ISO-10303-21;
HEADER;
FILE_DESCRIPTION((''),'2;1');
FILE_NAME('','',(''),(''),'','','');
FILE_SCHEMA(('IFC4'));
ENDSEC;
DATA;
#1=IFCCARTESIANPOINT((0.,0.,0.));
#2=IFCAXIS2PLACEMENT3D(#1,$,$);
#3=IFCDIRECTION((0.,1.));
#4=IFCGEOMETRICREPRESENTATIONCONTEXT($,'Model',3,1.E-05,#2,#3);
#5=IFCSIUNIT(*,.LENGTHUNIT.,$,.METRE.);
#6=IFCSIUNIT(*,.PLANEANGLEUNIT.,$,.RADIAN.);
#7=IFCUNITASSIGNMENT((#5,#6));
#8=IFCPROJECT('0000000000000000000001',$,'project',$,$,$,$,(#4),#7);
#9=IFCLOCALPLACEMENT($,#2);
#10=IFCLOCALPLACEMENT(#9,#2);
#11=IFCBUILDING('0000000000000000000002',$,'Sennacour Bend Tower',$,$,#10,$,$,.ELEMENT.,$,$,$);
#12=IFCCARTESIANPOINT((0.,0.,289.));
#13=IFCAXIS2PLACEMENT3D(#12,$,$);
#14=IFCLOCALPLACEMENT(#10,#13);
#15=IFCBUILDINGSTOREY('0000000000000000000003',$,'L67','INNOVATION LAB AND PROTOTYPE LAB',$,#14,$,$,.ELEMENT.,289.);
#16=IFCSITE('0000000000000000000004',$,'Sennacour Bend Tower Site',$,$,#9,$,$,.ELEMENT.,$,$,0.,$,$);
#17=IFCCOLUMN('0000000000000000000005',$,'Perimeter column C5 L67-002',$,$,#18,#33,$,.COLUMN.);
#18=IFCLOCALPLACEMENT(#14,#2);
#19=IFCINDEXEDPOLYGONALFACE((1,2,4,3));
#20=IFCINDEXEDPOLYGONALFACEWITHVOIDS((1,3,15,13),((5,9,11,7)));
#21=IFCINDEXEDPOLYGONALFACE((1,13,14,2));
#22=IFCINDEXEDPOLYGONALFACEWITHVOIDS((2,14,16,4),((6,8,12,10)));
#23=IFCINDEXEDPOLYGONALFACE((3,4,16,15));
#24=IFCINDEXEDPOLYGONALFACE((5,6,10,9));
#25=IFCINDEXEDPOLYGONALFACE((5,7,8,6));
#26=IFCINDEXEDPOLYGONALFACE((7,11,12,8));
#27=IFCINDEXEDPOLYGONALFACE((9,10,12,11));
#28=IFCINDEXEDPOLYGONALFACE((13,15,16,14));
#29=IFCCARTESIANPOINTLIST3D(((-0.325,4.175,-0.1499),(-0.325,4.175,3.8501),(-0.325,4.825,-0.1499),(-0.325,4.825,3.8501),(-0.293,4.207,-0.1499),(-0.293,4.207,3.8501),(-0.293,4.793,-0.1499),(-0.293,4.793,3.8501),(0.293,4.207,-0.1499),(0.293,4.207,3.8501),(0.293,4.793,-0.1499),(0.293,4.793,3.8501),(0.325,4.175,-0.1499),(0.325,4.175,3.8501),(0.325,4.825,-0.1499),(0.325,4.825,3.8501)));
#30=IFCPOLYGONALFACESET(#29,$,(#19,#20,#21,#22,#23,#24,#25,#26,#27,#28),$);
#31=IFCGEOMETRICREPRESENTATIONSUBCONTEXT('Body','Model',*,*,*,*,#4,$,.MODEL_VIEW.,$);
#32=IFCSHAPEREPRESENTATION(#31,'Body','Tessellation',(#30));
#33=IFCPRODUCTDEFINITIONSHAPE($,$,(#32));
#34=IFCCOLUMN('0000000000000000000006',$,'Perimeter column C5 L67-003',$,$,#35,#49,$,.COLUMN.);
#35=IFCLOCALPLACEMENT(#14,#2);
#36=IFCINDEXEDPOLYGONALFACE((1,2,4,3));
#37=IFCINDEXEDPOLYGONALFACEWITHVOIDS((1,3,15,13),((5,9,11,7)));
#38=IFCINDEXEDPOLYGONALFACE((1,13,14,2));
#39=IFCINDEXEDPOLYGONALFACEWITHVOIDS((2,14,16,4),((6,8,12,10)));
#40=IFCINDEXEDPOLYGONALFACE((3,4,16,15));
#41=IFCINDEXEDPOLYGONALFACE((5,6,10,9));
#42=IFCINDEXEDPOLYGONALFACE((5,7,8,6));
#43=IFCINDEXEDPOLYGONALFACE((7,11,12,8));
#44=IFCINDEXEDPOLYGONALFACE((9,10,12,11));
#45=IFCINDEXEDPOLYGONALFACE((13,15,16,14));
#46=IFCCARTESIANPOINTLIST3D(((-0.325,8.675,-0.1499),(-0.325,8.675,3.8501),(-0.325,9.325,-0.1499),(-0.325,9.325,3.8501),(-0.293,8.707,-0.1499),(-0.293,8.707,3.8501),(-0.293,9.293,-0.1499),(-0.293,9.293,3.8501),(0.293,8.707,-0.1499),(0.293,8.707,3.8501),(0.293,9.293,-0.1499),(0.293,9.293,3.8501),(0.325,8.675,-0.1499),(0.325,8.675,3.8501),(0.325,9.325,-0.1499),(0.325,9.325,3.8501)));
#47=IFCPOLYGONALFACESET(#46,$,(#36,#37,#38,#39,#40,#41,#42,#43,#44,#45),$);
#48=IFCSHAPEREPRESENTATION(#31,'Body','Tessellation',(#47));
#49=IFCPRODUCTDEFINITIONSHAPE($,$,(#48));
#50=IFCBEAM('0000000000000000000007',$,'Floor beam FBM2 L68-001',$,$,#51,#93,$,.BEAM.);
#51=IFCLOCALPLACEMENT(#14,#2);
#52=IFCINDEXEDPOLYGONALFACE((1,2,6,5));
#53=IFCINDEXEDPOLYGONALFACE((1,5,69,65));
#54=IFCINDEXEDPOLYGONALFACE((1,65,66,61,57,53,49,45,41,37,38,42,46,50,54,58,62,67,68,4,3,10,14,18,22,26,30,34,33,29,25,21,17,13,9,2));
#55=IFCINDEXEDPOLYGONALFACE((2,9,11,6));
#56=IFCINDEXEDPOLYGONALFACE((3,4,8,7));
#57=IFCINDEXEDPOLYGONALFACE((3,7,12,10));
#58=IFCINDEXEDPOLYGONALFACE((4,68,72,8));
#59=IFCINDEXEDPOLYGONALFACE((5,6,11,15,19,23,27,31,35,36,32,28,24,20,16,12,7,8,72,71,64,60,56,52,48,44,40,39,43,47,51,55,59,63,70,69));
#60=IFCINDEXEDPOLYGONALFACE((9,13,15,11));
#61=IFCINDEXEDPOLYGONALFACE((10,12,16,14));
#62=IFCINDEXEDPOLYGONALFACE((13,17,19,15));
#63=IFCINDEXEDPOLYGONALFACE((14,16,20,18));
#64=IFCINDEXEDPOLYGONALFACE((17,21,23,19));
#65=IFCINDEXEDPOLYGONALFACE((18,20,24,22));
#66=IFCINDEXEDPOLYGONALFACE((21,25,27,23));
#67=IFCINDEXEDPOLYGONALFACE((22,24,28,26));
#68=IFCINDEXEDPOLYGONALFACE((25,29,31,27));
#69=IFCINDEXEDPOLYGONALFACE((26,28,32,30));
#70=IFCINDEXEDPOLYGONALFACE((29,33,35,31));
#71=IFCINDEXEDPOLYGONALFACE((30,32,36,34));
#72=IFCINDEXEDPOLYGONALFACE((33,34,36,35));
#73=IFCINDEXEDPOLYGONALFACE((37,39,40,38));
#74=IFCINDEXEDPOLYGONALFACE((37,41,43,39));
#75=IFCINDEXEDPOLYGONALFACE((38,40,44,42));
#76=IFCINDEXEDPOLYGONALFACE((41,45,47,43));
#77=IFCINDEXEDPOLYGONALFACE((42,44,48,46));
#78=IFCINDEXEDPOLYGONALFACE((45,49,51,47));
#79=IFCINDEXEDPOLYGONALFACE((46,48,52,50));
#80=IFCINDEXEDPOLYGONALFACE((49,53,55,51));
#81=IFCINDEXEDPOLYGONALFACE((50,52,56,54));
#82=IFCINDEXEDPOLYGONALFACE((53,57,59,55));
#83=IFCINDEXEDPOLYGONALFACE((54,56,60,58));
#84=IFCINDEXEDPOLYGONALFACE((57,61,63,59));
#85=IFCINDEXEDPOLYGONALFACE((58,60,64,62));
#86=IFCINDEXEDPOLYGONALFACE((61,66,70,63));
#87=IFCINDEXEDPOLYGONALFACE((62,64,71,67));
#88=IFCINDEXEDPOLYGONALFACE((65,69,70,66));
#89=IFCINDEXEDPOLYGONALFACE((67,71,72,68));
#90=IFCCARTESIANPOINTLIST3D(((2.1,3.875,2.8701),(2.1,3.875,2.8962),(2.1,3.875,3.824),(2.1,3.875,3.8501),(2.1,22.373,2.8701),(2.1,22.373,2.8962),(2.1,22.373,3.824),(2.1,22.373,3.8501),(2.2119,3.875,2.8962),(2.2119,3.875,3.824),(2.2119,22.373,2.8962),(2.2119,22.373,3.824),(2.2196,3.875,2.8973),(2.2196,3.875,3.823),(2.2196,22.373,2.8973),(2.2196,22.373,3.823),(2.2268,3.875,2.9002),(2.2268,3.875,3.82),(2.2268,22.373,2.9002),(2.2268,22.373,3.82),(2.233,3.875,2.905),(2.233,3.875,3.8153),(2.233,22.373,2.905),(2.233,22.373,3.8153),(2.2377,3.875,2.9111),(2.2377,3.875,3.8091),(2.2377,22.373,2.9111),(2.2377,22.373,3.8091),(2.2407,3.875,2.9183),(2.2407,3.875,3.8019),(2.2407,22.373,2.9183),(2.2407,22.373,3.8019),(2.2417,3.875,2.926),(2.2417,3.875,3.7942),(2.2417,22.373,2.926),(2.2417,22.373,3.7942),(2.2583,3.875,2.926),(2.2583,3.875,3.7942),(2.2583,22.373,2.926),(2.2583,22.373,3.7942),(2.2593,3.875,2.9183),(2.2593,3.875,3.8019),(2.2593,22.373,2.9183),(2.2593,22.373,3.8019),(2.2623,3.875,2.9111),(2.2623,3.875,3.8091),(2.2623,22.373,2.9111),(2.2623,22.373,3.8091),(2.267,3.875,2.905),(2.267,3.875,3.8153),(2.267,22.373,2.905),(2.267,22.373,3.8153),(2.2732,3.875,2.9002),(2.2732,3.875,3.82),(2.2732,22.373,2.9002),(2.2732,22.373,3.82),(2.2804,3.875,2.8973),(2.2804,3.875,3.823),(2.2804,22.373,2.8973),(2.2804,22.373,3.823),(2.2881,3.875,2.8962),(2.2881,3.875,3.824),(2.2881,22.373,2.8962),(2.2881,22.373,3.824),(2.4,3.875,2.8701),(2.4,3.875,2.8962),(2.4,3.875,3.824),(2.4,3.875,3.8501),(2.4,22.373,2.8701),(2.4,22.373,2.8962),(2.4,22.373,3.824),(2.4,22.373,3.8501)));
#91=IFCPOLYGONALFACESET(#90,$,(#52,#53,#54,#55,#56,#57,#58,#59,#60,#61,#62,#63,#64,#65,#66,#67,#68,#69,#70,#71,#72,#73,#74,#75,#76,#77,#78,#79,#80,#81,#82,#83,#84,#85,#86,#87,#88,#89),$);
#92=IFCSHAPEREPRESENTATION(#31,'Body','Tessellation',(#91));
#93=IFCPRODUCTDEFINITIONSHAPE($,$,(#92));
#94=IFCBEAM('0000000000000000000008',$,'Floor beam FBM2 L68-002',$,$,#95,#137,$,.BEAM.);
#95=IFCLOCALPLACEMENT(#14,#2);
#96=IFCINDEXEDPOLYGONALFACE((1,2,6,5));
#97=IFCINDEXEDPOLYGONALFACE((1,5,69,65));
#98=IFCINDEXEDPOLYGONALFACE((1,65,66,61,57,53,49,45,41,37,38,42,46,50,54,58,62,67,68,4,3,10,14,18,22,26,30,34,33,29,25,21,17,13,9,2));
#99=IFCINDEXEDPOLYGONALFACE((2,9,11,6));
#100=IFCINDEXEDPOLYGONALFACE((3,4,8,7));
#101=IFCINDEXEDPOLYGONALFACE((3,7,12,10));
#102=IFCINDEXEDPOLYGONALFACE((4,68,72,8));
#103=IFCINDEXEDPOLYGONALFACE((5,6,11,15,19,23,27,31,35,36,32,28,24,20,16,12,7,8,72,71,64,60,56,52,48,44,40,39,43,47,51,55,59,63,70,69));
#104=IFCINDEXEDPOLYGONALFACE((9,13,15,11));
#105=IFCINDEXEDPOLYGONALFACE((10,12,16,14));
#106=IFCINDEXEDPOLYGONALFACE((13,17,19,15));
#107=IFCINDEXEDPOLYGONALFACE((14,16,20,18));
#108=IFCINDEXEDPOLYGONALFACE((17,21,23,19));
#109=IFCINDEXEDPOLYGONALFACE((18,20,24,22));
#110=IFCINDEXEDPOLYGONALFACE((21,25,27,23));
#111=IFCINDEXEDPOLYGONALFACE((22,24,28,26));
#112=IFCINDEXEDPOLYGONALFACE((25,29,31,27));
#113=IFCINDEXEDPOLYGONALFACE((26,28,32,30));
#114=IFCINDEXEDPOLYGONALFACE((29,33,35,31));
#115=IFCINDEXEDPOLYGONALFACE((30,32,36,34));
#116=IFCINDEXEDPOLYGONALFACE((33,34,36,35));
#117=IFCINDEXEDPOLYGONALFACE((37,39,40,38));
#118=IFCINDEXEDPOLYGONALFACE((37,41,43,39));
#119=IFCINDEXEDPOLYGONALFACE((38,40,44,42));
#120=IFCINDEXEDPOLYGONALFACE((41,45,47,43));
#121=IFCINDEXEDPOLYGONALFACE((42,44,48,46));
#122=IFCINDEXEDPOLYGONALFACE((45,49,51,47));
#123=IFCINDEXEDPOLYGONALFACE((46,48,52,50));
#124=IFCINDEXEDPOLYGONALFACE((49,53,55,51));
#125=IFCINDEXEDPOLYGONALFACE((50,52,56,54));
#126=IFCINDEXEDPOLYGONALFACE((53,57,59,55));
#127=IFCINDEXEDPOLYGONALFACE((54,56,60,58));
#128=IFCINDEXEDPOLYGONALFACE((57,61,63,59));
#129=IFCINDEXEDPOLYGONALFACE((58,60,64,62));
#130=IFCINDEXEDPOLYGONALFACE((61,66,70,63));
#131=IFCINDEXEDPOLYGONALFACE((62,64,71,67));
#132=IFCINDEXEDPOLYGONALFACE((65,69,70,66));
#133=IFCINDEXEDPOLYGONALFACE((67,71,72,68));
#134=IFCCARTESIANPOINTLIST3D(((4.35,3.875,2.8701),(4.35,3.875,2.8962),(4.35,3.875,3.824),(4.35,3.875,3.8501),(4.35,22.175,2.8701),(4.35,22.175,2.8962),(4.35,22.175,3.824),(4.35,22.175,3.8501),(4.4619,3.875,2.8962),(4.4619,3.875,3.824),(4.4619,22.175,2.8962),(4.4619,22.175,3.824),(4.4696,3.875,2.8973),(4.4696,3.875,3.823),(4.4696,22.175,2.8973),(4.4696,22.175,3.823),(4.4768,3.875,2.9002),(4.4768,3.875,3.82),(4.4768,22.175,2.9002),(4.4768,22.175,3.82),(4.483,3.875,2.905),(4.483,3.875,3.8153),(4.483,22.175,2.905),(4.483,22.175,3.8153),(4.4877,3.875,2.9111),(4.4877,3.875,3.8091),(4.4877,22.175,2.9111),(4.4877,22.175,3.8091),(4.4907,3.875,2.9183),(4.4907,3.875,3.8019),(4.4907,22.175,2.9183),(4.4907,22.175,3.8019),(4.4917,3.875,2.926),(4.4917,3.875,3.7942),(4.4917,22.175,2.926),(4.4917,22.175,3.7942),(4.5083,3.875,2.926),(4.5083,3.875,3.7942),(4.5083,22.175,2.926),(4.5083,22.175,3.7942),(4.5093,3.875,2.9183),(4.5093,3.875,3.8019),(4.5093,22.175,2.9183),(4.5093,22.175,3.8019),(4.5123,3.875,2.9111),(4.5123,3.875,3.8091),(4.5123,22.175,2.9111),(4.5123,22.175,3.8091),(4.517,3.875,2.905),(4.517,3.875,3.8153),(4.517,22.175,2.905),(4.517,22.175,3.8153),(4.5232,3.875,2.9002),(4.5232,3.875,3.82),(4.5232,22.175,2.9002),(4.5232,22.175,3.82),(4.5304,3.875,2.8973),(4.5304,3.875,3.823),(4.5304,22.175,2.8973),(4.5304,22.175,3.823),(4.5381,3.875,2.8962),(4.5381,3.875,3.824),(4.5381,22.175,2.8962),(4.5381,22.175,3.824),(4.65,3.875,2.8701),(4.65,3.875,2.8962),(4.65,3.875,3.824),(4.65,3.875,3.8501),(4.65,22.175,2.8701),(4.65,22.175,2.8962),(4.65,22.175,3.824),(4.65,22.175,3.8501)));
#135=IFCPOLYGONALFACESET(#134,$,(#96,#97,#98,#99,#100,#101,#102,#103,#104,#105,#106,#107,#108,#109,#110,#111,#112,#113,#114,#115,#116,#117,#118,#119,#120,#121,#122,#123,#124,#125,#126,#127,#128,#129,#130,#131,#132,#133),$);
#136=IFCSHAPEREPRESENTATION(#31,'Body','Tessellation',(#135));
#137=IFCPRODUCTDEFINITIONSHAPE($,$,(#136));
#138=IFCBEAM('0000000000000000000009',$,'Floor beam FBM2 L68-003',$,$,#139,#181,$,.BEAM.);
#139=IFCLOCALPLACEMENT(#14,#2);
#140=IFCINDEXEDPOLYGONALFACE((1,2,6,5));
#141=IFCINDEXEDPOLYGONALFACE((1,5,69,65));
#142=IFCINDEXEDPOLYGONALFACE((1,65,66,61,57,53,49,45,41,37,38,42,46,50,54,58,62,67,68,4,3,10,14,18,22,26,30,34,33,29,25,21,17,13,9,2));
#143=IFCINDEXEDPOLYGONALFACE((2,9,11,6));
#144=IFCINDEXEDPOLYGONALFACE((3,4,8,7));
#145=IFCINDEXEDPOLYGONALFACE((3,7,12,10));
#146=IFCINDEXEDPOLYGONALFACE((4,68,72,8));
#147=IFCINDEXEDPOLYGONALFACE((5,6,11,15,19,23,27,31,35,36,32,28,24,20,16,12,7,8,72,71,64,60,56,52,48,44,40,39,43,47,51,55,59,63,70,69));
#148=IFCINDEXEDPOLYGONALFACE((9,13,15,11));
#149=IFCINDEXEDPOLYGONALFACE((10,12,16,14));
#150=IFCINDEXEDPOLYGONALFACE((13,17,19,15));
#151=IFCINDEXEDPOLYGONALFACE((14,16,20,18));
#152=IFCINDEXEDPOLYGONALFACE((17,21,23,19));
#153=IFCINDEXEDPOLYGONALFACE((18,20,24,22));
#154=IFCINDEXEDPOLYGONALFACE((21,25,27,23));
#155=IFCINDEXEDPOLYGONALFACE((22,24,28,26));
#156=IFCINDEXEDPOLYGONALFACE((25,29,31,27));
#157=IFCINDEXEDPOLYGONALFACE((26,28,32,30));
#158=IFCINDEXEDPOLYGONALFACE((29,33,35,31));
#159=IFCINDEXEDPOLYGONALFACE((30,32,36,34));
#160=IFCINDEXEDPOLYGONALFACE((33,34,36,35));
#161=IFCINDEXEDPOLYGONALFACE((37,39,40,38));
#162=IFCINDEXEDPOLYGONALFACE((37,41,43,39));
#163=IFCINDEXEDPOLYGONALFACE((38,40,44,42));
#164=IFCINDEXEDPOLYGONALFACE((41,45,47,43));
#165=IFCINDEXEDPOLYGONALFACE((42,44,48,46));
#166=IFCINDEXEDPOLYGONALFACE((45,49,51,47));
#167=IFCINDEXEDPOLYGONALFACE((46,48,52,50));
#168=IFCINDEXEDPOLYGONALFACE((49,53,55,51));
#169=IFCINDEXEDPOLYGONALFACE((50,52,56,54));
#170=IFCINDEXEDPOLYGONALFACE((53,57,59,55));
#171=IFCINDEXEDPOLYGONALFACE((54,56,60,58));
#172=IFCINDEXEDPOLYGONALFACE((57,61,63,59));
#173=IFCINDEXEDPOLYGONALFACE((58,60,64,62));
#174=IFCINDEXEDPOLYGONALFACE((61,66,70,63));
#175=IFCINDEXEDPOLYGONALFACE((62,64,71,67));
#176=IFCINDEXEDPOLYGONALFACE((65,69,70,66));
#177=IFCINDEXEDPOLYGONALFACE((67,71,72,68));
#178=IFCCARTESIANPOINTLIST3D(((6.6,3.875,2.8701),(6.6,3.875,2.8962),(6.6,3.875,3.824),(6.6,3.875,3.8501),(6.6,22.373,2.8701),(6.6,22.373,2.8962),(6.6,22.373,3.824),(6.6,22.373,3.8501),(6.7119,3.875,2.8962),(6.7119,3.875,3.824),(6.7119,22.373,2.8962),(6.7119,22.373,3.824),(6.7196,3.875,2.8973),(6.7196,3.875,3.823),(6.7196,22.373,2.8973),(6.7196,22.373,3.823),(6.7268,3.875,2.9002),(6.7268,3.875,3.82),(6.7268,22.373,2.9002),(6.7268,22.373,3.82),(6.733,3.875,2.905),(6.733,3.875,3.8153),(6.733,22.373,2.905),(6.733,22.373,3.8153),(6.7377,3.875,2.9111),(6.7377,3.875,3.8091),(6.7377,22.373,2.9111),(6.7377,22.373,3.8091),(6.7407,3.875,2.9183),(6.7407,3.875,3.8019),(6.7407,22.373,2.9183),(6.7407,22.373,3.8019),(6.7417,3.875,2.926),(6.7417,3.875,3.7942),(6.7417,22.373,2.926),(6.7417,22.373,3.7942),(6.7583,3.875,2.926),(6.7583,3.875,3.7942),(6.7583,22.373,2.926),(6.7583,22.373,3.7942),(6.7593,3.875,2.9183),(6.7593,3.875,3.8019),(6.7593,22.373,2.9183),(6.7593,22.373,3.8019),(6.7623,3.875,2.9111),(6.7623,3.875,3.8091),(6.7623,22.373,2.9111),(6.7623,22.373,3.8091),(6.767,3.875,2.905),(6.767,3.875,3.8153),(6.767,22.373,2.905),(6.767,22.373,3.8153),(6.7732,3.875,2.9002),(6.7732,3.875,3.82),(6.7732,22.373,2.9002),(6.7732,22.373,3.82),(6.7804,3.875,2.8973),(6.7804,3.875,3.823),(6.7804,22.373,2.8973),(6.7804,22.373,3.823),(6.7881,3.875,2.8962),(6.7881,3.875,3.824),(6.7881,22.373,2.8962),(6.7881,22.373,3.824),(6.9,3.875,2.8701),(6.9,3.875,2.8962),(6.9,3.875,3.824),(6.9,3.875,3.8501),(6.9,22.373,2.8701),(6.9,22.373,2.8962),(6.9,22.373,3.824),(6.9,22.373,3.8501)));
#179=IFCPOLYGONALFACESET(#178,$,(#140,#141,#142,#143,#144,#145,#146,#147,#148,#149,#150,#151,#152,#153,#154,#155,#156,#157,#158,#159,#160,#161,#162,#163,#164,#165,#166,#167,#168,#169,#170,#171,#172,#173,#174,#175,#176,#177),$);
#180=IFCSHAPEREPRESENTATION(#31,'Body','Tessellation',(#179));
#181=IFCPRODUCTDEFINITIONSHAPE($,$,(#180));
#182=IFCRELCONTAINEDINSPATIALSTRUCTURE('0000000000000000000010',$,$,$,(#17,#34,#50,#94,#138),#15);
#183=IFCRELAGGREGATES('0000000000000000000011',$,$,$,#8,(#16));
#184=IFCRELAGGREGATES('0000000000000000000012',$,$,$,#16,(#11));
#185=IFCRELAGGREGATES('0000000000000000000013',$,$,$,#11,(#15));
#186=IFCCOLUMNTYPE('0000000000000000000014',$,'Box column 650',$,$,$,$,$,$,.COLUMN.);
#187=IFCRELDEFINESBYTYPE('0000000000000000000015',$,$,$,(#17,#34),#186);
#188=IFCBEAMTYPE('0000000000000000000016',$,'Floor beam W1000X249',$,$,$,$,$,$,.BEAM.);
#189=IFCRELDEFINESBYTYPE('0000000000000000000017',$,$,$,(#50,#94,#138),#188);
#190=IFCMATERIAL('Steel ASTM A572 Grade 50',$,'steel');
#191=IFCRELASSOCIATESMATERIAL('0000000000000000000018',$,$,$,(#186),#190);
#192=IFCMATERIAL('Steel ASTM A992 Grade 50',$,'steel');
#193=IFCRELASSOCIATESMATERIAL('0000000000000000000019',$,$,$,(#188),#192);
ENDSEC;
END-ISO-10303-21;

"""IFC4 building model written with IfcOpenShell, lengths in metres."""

from ifc_helpers import new_model, si_unit, direction, frame, origin, origin_2d, place, context, subcontext, project, spatial, hollow_rectangle, i_section, extrude, material, material_profile, profile_set, type_object, element, save


model = new_model("IFC4")

# Units and contexts
model_context = context("Model", 3, precision=1e-05, world=origin(), true_north=direction((0.0, 1.0)))
body_context = subcontext(model_context, "Body", "Model", "MODEL_VIEW")
ifc_project = project(units=[si_unit("LENGTHUNIT", "METRE"), si_unit("PLANEANGLEUNIT", "RADIAN")], contexts=[model_context])

# Site, building, storey
site_placement = place(None, origin())
site = spatial("IfcSite", under=ifc_project, at=site_placement, Name="Sennacour Bend Tower Site", CompositionType="ELEMENT", RefElevation=0.0)
building_placement = place(site_placement, origin())
building = spatial("IfcBuilding", under=site, at=building_placement, Name="Sennacour Bend Tower", CompositionType="ELEMENT")
storey_placement = place(building_placement, frame((0.0, 0.0, 289.0)))
storey = spatial("IfcBuildingStorey", under=building, at=storey_placement, Name="L67", Description="INNOVATION LAB AND PROTOTYPE LAB", CompositionType="ELEMENT", Elevation=289.0)

# Columns
ifc_material_1 = material(Name="Steel ASTM A572 Grade 50", Category="steel")
ifc_material_profile_1 = material_profile(ifc_material_1, hollow_rectangle(XDim=0.6499, YDim=0.6499, WallThickness=0.032, at=origin_2d()), Name="Steel ASTM A572 Grade 50", Category="steel")
ifc_profile_set_1 = profile_set([ifc_material_profile_1], Name="Steel ASTM A572 Grade 50")
column_type = type_object("IfcColumnType", Name="Box column 650", PredefinedType="COLUMN", material=ifc_profile_set_1)
for number, where, z_axis, x_axis, name in (
    (1, (0.0, 4.5, -0.1499), (0.0, 0.0, 1.0), (1.0, 0.0, 0.0), "Perimeter column C5 L67-002"),
    (2, (0.0, 9.0, -0.1499), (0.0, 0.0, 1.0), (1.0, 0.0, 0.0), "Perimeter column C5 L67-003"),
):
    element("IfcColumn", number, at=place(storey_placement, frame(where, z_axis=z_axis, x_axis=x_axis)), inside=storey, type_object=column_type, Name=name, PredefinedType="COLUMN", context=body_context, shape_type="SweptSolid", body=[
        extrude(hollow_rectangle(XDim=0.6499, YDim=0.6499, WallThickness=0.032, at=origin_2d()), origin(), (0.0, 0.0, 1.0), 4.0),
    ])

# Beams
ifc_material_2 = material(Name="Steel ASTM A992 Grade 50", Category="steel")
ifc_material_profile_2 = material_profile(ifc_material_2, i_section(OverallWidth=0.3, OverallDepth=0.98, WebThickness=0.0166, FlangeThickness=0.0261, FilletRadius=0.0298, at=origin_2d()), Name="Steel ASTM A992 Grade 50", Category="steel")
ifc_profile_set_2 = profile_set([ifc_material_profile_2], Name="Steel ASTM A992 Grade 50")
beam_type_1 = type_object("IfcBeamType", Name="Floor beam W1000X249", PredefinedType="BEAM", material=ifc_profile_set_2)
beam_1_placement = place(storey_placement, frame((2.25, 3.875, 3.3601), z_axis=(0.0, 1.0, 0.0), x_axis=(-1.0, 0.0, 0.0)))
element("IfcBeam", 3, at=beam_1_placement, inside=storey, type_object=beam_type_1, Name="Floor beam FBM2 L68-001", PredefinedType="BEAM", context=body_context, shape_type="SweptSolid", body=[
    extrude(i_section(OverallWidth=0.3, OverallDepth=0.98, WebThickness=0.0166, FlangeThickness=0.0261, FilletRadius=0.0298, at=origin_2d()), origin(), (0.0, 0.0, 1.0), 18.498),
])
beam_2_placement = place(storey_placement, frame((4.5, 3.875, 3.3601), z_axis=(0.0, 1.0, 0.0), x_axis=(-1.0, 0.0, 0.0)))
element("IfcBeam", 4, at=beam_2_placement, inside=storey, type_object=beam_type_1, Name="Floor beam FBM2 L68-002", PredefinedType="BEAM", context=body_context, shape_type="SweptSolid", body=[
    extrude(i_section(OverallWidth=0.3, OverallDepth=0.98, WebThickness=0.0166, FlangeThickness=0.0261, FilletRadius=0.0298, at=origin_2d()), origin(), (0.0, 0.0, 1.0), 18.3),
])
beam_3_placement = place(storey_placement, frame((6.75, 3.875, 3.3601), z_axis=(0.0, 1.0, 0.0), x_axis=(-1.0, 0.0, 0.0)))
element("IfcBeam", 5, at=beam_3_placement, inside=storey, type_object=beam_type_1, Name="Floor beam FBM2 L68-003", PredefinedType="BEAM", context=body_context, shape_type="SweptSolid", body=[
    extrude(i_section(OverallWidth=0.3, OverallDepth=0.98, WebThickness=0.0166, FlangeThickness=0.0261, FilletRadius=0.0298, at=origin_2d()), origin(), (0.0, 0.0, 1.0), 18.498),
])

save(model, "model.ifc")
